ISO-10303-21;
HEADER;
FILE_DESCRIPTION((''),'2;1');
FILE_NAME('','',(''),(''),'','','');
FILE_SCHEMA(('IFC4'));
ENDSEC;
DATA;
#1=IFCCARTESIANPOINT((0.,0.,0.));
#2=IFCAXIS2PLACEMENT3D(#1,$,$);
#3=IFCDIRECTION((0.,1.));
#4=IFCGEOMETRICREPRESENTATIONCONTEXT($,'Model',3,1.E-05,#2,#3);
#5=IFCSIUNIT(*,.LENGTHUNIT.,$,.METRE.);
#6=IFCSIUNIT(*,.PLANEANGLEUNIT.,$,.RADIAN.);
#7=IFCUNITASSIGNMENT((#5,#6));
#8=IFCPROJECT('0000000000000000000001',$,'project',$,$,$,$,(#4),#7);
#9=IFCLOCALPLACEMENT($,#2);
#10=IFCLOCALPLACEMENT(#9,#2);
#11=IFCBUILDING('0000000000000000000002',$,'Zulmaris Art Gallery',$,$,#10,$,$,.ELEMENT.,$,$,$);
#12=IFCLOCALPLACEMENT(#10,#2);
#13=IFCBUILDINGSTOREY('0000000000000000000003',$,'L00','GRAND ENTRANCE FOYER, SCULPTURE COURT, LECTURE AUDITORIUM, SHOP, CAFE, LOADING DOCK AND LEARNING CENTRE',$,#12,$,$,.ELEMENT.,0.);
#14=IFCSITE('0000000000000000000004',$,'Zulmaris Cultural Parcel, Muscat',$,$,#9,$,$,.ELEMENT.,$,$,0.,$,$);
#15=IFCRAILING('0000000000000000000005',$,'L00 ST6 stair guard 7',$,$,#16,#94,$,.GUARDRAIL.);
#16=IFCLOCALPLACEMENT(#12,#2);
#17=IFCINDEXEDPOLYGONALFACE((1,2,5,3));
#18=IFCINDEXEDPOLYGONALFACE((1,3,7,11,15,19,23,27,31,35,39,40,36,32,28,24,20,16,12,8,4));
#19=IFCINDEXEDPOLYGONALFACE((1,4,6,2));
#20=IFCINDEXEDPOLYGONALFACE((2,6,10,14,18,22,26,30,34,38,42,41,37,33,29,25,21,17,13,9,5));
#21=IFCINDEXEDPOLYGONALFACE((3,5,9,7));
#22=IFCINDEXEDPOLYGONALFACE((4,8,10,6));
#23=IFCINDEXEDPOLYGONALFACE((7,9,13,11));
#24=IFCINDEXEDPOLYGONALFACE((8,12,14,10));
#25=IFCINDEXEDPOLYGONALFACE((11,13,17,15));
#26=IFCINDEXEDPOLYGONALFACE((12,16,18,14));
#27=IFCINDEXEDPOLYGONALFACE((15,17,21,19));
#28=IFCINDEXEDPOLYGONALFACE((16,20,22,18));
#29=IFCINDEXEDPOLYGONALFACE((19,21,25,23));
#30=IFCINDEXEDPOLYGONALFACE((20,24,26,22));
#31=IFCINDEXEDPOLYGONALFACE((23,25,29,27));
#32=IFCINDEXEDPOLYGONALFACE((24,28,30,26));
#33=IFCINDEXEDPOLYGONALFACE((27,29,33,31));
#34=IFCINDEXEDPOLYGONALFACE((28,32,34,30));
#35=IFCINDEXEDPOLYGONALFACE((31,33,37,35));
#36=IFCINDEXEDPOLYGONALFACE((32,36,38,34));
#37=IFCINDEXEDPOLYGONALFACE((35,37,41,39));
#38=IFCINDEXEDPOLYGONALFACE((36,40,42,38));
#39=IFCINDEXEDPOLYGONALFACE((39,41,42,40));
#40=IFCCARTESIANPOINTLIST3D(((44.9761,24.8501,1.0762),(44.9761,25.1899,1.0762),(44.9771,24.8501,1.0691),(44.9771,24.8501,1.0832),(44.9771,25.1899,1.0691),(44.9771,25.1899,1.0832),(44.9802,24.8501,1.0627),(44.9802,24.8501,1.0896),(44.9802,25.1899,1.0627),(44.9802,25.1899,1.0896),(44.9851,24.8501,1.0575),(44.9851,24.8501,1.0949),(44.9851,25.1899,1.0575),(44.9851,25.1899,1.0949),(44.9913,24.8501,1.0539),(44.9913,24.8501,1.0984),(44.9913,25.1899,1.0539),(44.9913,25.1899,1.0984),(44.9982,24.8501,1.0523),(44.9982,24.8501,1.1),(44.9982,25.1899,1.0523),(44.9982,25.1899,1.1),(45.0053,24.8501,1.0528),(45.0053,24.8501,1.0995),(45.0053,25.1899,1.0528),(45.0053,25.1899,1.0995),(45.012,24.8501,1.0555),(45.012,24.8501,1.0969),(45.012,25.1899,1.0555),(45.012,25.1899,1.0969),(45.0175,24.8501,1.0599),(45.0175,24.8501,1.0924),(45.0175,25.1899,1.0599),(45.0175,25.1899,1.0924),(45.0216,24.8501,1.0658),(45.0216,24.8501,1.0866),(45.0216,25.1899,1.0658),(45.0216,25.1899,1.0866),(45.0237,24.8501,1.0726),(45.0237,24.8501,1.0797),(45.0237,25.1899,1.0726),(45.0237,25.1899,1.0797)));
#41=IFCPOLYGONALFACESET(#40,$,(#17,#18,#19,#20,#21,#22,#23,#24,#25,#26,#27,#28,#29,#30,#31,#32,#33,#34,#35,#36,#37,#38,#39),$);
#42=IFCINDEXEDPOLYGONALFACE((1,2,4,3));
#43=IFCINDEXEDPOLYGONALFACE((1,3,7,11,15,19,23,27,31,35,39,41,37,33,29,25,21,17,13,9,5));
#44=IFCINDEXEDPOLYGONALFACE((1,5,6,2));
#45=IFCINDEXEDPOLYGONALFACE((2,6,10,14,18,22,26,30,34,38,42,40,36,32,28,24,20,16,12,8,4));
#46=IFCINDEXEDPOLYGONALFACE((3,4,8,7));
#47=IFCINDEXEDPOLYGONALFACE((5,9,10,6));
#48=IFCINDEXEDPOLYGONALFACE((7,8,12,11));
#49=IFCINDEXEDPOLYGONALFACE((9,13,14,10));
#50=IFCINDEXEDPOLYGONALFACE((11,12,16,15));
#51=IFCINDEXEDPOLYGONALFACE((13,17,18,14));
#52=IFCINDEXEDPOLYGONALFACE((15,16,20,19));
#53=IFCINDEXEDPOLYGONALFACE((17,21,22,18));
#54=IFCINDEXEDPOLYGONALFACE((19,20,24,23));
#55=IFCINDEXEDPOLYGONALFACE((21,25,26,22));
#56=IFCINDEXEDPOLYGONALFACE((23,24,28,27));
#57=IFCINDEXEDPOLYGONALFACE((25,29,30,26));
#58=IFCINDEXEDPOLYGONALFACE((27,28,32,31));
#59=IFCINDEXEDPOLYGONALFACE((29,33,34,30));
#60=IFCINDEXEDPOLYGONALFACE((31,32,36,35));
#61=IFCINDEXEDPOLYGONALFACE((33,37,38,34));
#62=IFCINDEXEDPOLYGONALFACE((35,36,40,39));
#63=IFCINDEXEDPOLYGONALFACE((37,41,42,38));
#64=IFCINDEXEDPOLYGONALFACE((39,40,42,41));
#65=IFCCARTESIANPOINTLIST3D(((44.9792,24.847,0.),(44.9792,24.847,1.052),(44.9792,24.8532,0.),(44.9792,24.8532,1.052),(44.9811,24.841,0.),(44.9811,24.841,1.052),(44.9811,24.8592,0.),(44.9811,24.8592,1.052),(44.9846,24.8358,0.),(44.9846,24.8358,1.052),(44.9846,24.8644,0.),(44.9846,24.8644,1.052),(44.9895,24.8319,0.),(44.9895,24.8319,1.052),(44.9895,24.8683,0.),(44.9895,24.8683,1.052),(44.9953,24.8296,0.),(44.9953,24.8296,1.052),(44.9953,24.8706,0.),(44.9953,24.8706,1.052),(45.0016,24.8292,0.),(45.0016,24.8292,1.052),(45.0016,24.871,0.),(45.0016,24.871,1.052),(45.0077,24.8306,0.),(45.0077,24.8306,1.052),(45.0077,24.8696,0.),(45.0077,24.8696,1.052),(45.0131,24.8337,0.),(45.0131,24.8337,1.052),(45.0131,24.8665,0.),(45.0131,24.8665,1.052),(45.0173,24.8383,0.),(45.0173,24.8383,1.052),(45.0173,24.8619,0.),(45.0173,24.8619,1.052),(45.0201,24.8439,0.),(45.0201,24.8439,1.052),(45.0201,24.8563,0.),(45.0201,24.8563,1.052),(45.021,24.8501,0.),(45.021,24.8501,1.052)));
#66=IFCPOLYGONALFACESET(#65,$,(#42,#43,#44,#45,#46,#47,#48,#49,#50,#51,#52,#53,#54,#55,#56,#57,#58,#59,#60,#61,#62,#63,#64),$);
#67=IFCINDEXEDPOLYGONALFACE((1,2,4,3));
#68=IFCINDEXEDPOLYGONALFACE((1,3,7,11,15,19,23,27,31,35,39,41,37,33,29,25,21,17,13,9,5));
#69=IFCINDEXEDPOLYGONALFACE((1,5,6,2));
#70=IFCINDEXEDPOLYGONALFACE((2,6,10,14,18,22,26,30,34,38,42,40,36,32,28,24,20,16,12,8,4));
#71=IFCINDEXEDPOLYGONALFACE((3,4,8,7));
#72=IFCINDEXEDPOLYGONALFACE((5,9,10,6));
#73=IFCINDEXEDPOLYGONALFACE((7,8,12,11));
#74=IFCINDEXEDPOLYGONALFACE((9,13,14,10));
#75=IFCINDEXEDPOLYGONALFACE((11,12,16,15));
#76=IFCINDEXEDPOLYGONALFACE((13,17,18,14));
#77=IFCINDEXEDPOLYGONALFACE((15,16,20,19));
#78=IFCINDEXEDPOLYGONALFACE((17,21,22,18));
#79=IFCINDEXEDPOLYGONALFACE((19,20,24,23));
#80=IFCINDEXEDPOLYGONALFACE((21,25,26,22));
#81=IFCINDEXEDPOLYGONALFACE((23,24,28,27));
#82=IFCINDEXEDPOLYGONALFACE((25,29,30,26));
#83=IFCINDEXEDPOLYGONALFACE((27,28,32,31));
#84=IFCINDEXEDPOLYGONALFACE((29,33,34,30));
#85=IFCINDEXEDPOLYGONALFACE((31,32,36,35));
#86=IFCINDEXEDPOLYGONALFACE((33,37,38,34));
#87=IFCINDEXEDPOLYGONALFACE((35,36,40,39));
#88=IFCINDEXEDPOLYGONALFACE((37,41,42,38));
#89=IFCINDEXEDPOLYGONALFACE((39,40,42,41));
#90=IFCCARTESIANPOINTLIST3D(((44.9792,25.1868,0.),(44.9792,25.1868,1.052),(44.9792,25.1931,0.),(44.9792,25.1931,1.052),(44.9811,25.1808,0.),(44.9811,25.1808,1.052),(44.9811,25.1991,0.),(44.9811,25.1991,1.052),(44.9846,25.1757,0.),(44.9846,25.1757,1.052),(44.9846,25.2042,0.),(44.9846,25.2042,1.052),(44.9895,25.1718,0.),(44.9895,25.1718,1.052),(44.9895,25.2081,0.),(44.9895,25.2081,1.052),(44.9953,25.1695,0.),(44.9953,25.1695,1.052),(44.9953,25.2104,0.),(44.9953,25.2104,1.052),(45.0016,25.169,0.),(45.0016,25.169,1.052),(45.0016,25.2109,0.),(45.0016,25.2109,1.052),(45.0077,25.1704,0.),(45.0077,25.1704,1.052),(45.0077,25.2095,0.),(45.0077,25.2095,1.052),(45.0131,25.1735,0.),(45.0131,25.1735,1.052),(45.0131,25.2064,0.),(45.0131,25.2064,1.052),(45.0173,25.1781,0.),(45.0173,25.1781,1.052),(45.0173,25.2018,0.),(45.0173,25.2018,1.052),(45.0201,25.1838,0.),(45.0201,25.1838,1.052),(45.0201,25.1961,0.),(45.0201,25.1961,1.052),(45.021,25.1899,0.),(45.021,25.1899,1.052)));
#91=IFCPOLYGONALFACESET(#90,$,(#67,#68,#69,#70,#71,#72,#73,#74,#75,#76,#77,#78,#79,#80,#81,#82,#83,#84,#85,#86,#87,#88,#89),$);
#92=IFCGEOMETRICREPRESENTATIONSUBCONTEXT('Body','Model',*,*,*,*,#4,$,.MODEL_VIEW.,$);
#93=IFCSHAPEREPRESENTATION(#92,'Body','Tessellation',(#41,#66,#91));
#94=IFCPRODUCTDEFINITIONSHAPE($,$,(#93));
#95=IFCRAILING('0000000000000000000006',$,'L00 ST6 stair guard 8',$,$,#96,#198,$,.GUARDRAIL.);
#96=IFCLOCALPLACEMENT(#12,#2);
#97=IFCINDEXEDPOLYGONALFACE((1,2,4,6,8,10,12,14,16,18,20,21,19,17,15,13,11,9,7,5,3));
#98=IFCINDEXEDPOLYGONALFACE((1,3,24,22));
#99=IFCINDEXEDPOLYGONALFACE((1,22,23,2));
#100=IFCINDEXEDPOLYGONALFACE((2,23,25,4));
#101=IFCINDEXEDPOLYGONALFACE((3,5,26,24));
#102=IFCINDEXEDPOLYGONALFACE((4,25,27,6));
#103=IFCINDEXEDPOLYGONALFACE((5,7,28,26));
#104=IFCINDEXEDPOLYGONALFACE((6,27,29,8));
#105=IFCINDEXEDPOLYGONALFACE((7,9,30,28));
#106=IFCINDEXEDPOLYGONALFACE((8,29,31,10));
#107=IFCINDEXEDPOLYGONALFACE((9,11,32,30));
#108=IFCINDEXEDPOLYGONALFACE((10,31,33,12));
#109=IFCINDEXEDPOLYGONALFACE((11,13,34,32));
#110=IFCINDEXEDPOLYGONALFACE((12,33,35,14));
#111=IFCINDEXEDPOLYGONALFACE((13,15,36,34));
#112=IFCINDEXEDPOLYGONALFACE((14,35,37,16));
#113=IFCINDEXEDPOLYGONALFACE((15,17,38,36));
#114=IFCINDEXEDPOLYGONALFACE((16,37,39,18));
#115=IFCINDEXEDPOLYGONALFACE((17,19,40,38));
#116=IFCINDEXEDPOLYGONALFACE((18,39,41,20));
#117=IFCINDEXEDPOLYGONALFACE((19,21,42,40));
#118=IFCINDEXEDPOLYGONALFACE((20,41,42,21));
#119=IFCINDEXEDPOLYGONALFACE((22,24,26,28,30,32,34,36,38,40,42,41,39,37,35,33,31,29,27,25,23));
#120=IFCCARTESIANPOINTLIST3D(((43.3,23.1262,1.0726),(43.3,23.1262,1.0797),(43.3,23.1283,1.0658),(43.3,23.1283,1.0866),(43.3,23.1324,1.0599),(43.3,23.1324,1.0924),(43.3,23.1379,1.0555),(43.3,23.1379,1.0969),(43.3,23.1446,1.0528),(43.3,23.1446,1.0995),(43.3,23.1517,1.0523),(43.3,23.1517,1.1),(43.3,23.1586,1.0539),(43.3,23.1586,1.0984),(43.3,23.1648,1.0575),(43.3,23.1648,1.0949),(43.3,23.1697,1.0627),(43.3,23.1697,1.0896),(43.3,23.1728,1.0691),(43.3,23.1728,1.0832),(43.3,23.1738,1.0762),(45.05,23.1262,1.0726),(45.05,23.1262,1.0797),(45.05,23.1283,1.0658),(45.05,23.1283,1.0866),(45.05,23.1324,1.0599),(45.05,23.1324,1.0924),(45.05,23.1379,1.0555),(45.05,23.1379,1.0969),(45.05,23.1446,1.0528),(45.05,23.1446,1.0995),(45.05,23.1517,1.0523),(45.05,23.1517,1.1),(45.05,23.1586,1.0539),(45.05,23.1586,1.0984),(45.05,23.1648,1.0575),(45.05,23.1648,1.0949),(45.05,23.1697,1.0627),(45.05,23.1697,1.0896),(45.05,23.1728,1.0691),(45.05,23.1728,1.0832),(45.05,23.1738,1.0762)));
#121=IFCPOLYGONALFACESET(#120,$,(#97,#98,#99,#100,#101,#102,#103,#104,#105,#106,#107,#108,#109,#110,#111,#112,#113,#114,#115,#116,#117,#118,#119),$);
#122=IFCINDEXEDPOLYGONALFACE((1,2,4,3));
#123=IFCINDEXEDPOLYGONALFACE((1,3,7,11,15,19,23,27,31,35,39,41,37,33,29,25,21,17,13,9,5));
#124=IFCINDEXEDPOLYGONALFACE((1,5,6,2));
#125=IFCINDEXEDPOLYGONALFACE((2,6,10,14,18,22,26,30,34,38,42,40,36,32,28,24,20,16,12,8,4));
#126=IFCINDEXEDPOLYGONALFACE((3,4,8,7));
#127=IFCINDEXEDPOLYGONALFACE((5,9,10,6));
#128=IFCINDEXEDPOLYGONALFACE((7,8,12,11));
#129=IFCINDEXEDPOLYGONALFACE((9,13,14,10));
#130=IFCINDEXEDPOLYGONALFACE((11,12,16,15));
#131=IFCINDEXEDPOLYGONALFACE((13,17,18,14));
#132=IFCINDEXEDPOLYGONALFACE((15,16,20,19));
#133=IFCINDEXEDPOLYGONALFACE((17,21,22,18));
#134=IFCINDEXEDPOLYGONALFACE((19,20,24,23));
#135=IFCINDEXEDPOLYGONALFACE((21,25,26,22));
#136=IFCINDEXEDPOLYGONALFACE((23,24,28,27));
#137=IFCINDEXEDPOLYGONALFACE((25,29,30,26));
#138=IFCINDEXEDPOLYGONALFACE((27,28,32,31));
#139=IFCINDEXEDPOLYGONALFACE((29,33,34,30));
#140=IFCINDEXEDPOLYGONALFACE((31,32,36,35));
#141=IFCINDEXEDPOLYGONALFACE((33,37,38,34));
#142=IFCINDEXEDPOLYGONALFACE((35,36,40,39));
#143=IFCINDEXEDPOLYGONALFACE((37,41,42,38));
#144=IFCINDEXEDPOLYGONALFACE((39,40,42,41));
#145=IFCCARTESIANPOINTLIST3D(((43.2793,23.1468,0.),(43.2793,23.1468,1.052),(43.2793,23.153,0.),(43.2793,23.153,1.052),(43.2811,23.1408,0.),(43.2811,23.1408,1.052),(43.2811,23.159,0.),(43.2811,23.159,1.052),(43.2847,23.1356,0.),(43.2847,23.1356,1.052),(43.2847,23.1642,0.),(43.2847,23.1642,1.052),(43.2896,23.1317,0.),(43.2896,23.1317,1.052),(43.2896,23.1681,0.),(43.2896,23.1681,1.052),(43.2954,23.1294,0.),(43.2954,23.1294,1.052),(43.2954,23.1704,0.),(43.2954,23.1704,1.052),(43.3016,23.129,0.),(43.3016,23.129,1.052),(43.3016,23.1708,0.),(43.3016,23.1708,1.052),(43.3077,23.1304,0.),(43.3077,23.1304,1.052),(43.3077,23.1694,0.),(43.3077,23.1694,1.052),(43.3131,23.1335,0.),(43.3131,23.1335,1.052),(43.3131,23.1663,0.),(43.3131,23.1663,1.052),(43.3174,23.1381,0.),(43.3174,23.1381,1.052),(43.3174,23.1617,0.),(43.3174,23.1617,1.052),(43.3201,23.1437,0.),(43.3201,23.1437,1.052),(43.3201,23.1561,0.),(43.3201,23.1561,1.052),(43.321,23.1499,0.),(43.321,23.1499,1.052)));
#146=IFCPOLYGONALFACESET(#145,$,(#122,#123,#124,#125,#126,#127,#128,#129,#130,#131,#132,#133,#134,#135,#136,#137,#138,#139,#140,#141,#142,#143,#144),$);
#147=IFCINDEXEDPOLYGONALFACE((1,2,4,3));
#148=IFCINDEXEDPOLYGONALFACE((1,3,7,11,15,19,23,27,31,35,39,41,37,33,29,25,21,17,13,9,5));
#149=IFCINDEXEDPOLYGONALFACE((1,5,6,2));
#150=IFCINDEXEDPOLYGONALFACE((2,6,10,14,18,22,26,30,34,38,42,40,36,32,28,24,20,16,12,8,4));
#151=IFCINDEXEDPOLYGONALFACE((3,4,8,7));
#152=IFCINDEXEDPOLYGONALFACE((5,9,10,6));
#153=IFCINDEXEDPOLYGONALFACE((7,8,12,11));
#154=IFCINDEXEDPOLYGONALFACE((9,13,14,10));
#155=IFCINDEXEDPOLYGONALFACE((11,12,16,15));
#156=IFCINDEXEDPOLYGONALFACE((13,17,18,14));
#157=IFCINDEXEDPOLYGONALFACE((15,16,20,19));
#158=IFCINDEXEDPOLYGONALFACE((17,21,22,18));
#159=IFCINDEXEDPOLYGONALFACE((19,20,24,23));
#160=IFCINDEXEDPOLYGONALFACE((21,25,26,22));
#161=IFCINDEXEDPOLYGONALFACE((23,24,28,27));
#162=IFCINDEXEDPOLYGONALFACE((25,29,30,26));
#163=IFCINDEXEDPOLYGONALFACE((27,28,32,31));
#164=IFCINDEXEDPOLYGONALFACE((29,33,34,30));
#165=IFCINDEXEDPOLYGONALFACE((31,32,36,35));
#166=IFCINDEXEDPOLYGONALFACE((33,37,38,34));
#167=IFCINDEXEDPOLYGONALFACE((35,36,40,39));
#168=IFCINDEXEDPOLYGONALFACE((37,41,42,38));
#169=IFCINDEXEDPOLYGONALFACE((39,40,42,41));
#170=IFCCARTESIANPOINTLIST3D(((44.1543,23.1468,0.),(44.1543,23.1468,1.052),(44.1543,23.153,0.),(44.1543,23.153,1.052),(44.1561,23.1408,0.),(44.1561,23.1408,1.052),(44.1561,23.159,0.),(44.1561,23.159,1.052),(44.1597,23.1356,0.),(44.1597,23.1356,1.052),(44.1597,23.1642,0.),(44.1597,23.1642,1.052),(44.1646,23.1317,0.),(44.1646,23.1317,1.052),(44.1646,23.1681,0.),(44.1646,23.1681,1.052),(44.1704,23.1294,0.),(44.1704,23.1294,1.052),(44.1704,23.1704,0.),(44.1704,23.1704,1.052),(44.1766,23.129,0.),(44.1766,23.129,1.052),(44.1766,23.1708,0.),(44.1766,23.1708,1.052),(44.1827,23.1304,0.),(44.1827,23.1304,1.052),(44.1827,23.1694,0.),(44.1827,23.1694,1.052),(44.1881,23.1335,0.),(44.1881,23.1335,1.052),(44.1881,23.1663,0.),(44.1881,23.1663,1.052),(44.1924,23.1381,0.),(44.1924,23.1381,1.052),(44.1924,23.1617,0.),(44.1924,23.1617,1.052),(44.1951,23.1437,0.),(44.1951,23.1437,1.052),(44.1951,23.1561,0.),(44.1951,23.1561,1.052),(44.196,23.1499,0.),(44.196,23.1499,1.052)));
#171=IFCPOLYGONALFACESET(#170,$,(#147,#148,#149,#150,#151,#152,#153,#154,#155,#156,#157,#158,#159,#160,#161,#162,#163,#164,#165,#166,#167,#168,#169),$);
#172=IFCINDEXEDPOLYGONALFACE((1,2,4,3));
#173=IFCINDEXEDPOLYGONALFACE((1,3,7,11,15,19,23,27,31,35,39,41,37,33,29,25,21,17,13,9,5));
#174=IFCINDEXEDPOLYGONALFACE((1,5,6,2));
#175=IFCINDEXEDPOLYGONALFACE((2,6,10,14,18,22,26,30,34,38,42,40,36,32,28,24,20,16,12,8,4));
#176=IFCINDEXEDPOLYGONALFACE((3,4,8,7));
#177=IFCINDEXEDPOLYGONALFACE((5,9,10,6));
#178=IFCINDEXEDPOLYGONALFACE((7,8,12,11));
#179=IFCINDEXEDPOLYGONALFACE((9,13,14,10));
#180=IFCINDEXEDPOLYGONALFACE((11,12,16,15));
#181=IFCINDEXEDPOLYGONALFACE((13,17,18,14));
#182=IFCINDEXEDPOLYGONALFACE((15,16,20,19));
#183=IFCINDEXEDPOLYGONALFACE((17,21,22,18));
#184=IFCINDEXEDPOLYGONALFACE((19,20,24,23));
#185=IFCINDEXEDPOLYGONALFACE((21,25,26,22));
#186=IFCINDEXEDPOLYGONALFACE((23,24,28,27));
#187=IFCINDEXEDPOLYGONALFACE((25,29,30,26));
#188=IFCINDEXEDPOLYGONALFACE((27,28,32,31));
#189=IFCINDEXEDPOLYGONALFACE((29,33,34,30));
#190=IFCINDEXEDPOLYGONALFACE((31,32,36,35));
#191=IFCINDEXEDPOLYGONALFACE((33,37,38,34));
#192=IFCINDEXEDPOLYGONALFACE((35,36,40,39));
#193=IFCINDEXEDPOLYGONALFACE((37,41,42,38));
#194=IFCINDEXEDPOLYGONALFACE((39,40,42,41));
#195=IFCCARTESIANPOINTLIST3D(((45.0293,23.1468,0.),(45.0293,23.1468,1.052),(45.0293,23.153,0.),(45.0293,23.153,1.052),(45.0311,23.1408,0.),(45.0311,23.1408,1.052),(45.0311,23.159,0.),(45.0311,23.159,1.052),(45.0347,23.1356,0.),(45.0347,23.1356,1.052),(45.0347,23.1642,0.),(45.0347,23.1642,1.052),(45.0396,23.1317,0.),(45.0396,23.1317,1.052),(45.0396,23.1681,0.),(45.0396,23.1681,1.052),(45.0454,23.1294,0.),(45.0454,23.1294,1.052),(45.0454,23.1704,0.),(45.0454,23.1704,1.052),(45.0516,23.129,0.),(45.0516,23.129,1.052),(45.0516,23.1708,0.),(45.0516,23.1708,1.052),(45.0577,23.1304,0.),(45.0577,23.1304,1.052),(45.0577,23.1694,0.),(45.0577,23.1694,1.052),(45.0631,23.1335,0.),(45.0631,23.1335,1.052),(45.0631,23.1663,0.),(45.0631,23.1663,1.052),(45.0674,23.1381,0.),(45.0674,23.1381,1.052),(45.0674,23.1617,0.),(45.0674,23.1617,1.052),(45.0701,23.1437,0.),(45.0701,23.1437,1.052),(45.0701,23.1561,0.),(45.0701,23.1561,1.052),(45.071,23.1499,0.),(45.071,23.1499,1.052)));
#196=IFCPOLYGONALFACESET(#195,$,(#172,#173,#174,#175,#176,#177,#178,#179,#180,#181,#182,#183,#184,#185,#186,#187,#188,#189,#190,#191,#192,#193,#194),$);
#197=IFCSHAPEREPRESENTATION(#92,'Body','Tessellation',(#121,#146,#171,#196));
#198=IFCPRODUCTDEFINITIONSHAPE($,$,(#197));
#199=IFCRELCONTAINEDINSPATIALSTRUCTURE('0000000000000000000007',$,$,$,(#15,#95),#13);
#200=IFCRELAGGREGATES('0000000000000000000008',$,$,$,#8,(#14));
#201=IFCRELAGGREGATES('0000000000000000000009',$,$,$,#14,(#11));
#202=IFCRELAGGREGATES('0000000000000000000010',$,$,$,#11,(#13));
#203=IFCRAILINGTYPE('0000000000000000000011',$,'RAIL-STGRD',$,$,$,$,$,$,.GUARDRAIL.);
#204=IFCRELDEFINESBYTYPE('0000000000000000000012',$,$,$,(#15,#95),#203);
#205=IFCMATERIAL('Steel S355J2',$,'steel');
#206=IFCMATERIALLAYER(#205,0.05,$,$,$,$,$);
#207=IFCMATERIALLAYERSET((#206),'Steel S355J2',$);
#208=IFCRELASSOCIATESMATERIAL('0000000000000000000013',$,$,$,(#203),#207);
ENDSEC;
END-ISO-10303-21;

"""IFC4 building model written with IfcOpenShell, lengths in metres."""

from ifc_helpers import new_model, si_unit, direction, frame, origin, origin_2d, place, context, subcontext, project, spatial, circle, extrude, material, layer, layer_set, type_object, element, save


model = new_model("IFC4")

# Units and contexts
model_context = context("Model", 3, precision=1e-05, world=origin(), true_north=direction((0.0, 1.0)))
body_context = subcontext(model_context, "Body", "Model", "MODEL_VIEW")
ifc_project = project(units=[si_unit("LENGTHUNIT", "METRE"), si_unit("PLANEANGLEUNIT", "RADIAN")], contexts=[model_context])

# Site, building, storey
site_placement = place(None, origin())
site = spatial("IfcSite", under=ifc_project, at=site_placement, Name="Zulmaris Cultural Parcel, Muscat", CompositionType="ELEMENT", RefElevation=0.0)
building_placement = place(site_placement, origin())
building = spatial("IfcBuilding", under=site, at=building_placement, Name="Zulmaris Art Gallery", CompositionType="ELEMENT")
storey_placement = place(building_placement, origin())
storey = spatial("IfcBuildingStorey", under=building, at=storey_placement, Name="L00", Description="GRAND ENTRANCE FOYER, SCULPTURE COURT, LECTURE AUDITORIUM, SHOP, CAFE, LOADING DOCK AND LEARNING CENTRE", CompositionType="ELEMENT", Elevation=0.0)

# Shared definitions
ifc_material_1 = material(Name="Steel S355J2", Category="steel")

# Railings
ifc_layer_1 = layer(ifc_material_1, 0.05)
ifc_layer_set_1 = layer_set([ifc_layer_1], Name="Steel S355J2")
railing_type_1 = type_object("IfcRailingType", Name="RAIL-STGRD", PredefinedType="GUARDRAIL", material=ifc_layer_set_1)
railing_1_placement = place(storey_placement, frame((45.0, 24.8501, 0.0)))
element("IfcRailing", 1, at=railing_1_placement, inside=storey, type_object=railing_type_1, Name="L00 ST6 stair guard 7", PredefinedType="GUARDRAIL", context=body_context, shape_type="SweptSolid", body=[
    extrude(circle(Radius=0.0239, at=origin_2d()), frame((0.0, 0.0, 1.0762), z_axis=(0.0, 1.0, 0.0), x_axis=(-1.0, 0.0, 0.0)), (0.0, 0.0, 1.0), 0.3398),
    extrude(circle(Radius=0.021, at=origin_2d()), origin(), (0.0, 0.0, 1.0), 1.052),
    extrude(circle(Radius=0.021, at=origin_2d()), frame((0.0, 0.3398, 0.0)), (0.0, 0.0, 1.0), 1.052),
])
for number, where, name in (
    (2, (43.3, 23.1499, 0.0), "L00 ST6 stair guard 8"),
):
    element("IfcRailing", number, at=place(storey_placement, frame(where)), inside=storey, type_object=railing_type_1, Name=name, PredefinedType="GUARDRAIL", context=body_context, shape_type="SweptSolid", body=[
        extrude(circle(Radius=0.0239, at=origin_2d()), frame((0.0, 0.0, 1.0762), z_axis=(1.0, 0.0, 0.0), x_axis=(0.0, 1.0, 0.0)), (0.0, 0.0, 1.0), 1.75),
        extrude(circle(Radius=0.021, at=origin_2d()), origin(), (0.0, 0.0, 1.0), 1.052),
        extrude(circle(Radius=0.021, at=origin_2d()), frame((0.875, 0.0, 0.0)), (0.0, 0.0, 1.0), 1.052),
        extrude(circle(Radius=0.021, at=origin_2d()), frame((1.75, 0.0, 0.0)), (0.0, 0.0, 1.0), 1.052),
    ])

save(model, "model.ifc")
